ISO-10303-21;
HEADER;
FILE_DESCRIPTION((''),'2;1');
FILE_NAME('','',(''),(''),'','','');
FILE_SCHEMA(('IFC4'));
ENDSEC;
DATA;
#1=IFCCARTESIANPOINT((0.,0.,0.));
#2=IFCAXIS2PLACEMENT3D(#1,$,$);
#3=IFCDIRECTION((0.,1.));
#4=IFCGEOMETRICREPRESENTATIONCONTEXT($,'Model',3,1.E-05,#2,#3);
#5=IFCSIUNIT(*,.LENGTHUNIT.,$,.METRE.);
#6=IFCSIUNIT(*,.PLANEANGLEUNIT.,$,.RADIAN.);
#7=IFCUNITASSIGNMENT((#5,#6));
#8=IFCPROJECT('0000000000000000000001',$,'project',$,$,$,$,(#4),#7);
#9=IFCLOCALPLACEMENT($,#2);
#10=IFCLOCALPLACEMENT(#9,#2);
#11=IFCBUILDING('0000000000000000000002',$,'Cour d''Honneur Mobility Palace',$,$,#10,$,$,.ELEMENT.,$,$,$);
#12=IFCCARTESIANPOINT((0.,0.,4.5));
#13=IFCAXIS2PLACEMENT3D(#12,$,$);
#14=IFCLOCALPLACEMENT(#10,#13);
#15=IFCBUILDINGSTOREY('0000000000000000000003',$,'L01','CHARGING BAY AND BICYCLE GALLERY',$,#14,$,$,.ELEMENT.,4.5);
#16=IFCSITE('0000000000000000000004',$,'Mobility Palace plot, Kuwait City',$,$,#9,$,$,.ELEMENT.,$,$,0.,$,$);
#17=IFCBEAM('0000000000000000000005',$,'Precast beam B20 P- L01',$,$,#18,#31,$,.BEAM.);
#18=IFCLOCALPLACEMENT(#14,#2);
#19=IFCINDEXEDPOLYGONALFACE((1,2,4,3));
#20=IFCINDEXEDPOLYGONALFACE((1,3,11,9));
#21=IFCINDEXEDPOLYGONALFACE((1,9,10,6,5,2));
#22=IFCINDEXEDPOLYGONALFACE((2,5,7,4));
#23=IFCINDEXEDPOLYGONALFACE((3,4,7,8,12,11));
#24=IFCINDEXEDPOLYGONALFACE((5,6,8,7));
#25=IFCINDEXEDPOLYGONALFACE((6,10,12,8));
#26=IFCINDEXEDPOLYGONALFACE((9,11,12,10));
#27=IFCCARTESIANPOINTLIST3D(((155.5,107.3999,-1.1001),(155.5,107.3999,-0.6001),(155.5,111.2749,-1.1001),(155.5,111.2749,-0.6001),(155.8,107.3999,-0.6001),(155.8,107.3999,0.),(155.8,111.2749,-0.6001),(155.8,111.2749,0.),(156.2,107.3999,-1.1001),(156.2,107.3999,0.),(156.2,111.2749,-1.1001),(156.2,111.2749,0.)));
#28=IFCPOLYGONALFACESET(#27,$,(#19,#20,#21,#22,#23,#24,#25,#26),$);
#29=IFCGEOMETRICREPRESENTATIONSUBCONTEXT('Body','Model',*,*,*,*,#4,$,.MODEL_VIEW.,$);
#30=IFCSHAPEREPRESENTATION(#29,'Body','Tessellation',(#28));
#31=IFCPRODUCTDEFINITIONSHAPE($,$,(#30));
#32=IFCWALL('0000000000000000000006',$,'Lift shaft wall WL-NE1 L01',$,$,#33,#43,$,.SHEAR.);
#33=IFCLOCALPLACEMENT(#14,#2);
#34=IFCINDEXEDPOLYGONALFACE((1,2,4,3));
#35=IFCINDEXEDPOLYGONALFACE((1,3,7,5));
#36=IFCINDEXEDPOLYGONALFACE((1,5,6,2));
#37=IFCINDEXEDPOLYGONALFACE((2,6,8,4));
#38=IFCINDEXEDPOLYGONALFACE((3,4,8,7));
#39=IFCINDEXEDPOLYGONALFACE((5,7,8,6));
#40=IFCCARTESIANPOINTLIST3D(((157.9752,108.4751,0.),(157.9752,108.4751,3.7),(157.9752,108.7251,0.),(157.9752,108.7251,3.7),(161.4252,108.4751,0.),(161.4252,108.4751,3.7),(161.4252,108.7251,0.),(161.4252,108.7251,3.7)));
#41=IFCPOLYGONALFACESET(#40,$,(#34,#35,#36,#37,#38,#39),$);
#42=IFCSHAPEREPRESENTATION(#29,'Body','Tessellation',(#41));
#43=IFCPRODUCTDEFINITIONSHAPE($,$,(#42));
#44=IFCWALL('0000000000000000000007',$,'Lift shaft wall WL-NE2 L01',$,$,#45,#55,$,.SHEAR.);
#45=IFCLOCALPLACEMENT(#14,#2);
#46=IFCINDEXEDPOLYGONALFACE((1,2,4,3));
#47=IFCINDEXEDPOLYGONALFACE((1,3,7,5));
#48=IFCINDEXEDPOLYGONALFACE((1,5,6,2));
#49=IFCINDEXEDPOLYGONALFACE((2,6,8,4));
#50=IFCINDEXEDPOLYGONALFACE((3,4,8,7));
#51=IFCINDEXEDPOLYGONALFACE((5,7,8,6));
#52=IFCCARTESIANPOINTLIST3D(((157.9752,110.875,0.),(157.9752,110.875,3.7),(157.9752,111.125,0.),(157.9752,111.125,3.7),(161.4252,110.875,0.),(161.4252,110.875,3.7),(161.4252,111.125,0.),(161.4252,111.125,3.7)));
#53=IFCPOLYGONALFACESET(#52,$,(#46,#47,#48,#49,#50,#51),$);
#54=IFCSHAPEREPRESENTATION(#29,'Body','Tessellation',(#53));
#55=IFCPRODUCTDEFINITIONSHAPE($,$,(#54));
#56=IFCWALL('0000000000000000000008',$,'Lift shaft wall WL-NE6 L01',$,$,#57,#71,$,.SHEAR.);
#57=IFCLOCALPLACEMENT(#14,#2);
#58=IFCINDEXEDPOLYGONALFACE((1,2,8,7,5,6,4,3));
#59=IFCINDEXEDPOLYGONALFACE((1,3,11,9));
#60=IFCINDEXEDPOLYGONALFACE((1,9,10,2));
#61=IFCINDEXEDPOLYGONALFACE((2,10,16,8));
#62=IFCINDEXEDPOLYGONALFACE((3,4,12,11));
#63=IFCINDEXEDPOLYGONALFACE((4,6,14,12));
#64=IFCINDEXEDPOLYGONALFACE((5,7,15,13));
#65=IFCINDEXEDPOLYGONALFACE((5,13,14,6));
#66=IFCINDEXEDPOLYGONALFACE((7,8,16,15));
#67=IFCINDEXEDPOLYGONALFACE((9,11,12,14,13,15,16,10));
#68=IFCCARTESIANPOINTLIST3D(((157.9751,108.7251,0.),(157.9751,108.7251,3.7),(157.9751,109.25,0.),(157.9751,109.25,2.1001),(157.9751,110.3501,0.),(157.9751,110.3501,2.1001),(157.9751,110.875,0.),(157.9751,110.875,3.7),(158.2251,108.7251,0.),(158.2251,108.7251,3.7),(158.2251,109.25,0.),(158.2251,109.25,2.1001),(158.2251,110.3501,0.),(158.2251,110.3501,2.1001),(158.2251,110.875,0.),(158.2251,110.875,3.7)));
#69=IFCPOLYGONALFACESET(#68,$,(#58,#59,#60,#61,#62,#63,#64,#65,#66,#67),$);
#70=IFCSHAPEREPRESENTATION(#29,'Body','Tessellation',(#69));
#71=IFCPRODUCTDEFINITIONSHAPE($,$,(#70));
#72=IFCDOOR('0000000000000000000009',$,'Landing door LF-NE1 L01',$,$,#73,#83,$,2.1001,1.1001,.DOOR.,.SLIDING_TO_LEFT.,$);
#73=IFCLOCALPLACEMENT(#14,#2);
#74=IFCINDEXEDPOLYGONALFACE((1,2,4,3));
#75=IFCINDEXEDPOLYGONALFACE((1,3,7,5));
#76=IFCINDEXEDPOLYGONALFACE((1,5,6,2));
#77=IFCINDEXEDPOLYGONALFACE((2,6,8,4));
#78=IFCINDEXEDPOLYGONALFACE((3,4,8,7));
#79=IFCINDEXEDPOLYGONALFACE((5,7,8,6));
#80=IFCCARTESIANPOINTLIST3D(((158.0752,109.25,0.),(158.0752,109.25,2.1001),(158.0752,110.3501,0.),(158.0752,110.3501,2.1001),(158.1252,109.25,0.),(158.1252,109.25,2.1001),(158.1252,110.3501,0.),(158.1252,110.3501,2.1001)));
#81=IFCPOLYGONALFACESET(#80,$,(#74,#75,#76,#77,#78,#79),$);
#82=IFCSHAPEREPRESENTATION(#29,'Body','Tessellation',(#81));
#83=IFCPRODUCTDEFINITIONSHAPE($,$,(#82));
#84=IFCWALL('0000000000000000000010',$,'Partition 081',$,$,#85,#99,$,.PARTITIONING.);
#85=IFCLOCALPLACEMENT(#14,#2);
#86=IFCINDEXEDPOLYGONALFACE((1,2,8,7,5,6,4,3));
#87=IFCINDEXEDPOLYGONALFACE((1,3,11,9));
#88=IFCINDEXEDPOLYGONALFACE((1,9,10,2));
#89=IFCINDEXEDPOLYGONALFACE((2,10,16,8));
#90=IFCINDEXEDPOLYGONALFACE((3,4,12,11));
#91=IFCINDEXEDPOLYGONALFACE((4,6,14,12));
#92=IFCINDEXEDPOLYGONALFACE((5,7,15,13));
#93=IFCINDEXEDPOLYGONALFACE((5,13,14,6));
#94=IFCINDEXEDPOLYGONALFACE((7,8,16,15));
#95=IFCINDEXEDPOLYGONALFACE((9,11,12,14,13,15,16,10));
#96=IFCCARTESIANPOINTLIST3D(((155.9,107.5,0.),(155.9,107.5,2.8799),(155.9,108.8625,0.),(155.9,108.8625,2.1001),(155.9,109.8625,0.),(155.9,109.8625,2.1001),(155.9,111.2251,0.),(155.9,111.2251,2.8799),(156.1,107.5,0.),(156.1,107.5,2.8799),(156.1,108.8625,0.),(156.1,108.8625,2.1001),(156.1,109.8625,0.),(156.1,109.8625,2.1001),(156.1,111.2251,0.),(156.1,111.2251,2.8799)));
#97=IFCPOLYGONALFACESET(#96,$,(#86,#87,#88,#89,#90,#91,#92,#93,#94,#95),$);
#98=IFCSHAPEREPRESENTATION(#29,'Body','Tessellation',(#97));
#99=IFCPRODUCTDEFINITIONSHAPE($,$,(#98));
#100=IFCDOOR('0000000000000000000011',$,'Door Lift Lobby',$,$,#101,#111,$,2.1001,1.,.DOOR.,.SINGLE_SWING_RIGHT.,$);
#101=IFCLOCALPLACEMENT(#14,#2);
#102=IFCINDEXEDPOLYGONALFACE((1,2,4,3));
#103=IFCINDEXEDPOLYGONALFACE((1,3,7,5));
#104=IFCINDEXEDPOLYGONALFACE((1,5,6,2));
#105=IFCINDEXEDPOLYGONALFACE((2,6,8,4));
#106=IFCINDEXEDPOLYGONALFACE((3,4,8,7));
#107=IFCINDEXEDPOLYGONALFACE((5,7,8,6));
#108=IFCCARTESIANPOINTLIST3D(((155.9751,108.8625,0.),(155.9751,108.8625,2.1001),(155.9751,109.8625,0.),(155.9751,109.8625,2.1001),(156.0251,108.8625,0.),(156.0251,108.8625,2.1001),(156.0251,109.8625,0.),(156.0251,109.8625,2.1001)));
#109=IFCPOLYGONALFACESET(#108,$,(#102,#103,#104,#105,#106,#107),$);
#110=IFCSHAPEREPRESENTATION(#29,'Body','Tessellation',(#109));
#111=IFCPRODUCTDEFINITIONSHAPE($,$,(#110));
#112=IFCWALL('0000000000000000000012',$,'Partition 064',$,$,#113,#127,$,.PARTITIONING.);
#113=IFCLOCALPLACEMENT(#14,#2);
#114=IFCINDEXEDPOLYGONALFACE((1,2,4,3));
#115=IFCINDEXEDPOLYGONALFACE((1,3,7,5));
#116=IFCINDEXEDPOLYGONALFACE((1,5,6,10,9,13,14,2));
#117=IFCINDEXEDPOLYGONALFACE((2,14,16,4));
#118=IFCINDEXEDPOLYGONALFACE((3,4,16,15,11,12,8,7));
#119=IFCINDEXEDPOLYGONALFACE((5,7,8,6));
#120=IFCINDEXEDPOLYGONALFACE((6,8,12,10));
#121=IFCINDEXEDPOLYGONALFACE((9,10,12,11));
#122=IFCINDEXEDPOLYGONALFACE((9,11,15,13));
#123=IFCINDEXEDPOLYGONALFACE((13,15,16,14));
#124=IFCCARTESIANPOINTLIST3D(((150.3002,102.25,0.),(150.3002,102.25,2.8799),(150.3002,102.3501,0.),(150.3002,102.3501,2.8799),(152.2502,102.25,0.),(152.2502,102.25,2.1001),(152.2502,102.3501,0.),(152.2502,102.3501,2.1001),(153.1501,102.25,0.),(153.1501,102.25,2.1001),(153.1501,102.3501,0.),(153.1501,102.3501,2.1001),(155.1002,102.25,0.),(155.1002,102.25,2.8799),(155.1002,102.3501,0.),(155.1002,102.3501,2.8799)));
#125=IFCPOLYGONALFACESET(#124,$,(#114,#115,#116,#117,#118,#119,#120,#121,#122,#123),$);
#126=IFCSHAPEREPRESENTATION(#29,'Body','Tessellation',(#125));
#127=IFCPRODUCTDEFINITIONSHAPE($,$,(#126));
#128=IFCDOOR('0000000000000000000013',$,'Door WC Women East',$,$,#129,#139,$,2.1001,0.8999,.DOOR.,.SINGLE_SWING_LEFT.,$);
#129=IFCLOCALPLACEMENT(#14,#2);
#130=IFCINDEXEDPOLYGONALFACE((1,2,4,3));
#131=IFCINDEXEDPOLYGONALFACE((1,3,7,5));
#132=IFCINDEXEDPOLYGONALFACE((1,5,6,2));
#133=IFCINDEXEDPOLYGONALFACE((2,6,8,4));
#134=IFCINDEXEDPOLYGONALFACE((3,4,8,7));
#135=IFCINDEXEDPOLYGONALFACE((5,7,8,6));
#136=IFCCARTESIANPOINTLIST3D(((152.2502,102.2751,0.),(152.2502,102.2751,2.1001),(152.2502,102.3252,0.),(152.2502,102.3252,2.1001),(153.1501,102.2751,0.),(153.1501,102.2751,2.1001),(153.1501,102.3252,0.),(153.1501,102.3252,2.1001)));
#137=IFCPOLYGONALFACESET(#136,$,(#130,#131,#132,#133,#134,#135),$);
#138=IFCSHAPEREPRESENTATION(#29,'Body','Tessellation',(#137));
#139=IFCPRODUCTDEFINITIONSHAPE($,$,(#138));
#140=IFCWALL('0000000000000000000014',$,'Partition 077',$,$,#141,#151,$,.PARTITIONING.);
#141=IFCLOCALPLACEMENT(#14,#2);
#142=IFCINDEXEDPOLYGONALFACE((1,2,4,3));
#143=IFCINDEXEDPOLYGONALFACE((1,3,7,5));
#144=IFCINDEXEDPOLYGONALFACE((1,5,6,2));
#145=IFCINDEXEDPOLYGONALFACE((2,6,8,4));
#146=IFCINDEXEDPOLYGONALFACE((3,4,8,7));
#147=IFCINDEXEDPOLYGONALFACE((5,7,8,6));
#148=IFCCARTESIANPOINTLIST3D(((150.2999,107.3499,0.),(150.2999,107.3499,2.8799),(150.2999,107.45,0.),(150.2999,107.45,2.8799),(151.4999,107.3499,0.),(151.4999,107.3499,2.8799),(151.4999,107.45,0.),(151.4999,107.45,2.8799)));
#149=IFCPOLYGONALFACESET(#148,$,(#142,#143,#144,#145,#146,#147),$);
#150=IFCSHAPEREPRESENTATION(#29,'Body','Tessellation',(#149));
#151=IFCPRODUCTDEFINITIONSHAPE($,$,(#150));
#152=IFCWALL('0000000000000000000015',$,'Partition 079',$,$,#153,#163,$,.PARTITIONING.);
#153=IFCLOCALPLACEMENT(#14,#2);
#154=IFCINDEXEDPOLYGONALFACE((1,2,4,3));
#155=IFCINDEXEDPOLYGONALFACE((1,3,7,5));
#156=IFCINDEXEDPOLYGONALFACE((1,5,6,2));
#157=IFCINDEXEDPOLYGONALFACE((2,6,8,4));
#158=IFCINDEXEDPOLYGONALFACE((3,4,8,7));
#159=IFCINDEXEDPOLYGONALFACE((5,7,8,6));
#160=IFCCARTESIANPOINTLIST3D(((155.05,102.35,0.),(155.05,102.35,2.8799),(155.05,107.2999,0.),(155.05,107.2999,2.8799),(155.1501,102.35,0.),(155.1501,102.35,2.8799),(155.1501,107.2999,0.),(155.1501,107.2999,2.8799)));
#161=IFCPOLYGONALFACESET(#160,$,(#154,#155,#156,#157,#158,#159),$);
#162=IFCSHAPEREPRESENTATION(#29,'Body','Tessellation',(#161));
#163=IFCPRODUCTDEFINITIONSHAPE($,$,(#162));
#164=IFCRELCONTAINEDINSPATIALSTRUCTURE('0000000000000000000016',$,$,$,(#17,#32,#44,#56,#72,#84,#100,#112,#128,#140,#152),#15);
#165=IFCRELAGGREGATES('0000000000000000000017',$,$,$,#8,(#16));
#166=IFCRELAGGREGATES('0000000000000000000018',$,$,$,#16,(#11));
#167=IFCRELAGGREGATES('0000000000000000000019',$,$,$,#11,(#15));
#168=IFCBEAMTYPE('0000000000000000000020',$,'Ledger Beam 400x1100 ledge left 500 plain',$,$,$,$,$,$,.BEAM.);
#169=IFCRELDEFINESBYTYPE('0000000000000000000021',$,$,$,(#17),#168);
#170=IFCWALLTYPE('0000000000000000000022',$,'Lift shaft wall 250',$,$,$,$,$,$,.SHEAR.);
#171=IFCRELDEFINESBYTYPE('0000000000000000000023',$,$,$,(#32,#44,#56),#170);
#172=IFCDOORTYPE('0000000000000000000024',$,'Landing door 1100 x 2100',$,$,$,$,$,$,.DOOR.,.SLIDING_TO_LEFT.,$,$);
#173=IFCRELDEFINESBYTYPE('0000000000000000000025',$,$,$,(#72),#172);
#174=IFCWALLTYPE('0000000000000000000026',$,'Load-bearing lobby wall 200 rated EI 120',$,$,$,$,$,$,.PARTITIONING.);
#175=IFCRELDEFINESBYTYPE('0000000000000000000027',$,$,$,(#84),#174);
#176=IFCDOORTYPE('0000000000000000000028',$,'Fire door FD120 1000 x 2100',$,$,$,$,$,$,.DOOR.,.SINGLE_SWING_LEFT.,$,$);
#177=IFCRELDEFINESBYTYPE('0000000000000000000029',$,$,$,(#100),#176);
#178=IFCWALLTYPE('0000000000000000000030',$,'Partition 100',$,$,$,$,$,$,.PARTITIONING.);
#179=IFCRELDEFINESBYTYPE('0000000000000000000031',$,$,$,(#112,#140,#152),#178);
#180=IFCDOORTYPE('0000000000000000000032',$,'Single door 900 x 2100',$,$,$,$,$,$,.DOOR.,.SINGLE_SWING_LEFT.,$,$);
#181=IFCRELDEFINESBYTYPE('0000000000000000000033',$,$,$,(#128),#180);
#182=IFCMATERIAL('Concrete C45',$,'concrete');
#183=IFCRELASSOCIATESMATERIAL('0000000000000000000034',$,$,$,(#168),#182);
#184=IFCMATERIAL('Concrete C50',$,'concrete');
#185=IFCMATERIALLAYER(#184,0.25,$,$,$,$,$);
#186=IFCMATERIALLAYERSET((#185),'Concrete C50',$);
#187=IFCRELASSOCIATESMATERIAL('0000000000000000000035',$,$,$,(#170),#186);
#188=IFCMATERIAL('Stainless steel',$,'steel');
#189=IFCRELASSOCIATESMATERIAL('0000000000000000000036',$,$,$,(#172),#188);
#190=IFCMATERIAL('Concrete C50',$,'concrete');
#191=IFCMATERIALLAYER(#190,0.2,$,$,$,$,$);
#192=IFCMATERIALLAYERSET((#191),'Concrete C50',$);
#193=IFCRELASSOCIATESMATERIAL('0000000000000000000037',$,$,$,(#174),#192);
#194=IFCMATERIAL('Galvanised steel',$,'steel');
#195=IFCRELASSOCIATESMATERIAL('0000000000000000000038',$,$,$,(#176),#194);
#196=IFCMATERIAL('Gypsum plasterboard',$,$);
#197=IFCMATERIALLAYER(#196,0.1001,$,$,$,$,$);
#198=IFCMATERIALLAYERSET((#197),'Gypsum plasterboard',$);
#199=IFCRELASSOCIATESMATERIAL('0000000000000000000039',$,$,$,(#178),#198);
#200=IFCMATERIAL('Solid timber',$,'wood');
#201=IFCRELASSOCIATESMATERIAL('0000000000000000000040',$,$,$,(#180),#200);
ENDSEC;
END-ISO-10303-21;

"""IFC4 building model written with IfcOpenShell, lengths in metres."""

from ifc_helpers import new_model, si_unit, direction, frame, frame_2d, origin, place, context, subcontext, project, spatial, polyline, rectangle, outline, extrude, material, layer, layer_set, material_profile, profile_set, type_object, element, fill, save


model = new_model("IFC4")

# Units and contexts
model_context = context("Model", 3, precision=1e-05, world=origin(), true_north=direction((0.0, 1.0)))
body_context = subcontext(model_context, "Body", "Model", "MODEL_VIEW")
ifc_project = project(units=[si_unit("LENGTHUNIT", "METRE"), si_unit("PLANEANGLEUNIT", "RADIAN")], contexts=[model_context])

# Site, building, storey
site_placement = place(None, origin())
site = spatial("IfcSite", under=ifc_project, at=site_placement, Name="Mobility Palace plot, Kuwait City", CompositionType="ELEMENT", RefElevation=0.0)
building_placement = place(site_placement, origin())
building = spatial("IfcBuilding", under=site, at=building_placement, Name="Cour d'Honneur Mobility Palace", CompositionType="ELEMENT")
storey_placement = place(building_placement, frame((0.0, 0.0, 4.5)))
storey = spatial("IfcBuildingStorey", under=building, at=storey_placement, Name="L01", Description="CHARGING BAY AND BICYCLE GALLERY", CompositionType="ELEMENT", Elevation=4.5)

# Beam
ifc_material_1 = material(Name="Concrete C45", Category="concrete")
ifc_material_profile = material_profile(ifc_material_1, outline(polyline([(0.5, -1.1001), (0.5, -0.6001), (0.2, -0.6001), (0.2, 0.0), (-0.2, 0.0), (-0.2, -1.1001), (0.5, -1.1001)])), Name="Ledger Beam 400x1100 ledge left 500 plain")
ifc_profile_set = profile_set([ifc_material_profile], Name="Concrete C45")
beam_type = type_object("IfcBeamType", Name="Ledger Beam 400x1100 ledge left 500 plain", PredefinedType="BEAM", material=ifc_profile_set)
beam_placement = place(storey_placement, frame((156.0, 107.3999, 0.0), z_axis=(0.0, 1.0, 0.0), x_axis=(-1.0, 0.0, 0.0)))
element("IfcBeam", 1, at=beam_placement, inside=storey, type_object=beam_type, Name="Precast beam B20 P- L01", PredefinedType="BEAM", context=body_context, shape_type="SweptSolid", body=[
    extrude(outline(polyline([(0.5, -1.1001), (0.5, -0.6001), (0.2, -0.6001), (0.2, 0.0), (-0.2, 0.0), (-0.2, -1.1001), (0.5, -1.1001)])), origin(), (0.0, 0.0, 1.0), 3.875),
])

# Walls
ifc_material_2 = material(Name="Concrete C50", Category="concrete")
ifc_layer_1 = layer(ifc_material_2, 0.25)
ifc_layer_set_1 = layer_set([ifc_layer_1], Name="Concrete C50")
wall_type_1 = type_object("IfcWallType", Name="Lift shaft wall 250", PredefinedType="SHEAR", material=ifc_layer_set_1)
for number, where, z_axis, x_axis, name in (
    (2, (157.9751, 108.6001, 0.0), (0.0, 0.0, 1.0), (1.0, 0.0, 0.0), "Lift shaft wall WL-NE1 L01"),
    (3, (157.9751, 111.0, 0.0), (0.0, 0.0, 1.0), (1.0, 0.0, 0.0), "Lift shaft wall WL-NE2 L01"),
):
    element("IfcWall", number, at=place(storey_placement, frame(where, z_axis=z_axis, x_axis=x_axis)), inside=storey, type_object=wall_type_1, Name=name, PredefinedType="SHEAR", context=body_context, shape_type="SweptSolid", body=[
        extrude(rectangle(XDim=3.45, YDim=0.25, at=frame_2d((1.7251, 0.0))), origin(), (0.0, 0.0, 1.0), 3.7),
    ])

# Walls, openings, doors
wall_1_placement = place(storey_placement, frame((158.1001, 108.7251, 0.0), z_axis=(0.0, 0.0, 1.0), x_axis=(0.0, 1.0, 0.0)))
wall_1 = element("IfcWall", 4, at=wall_1_placement, inside=storey, type_object=wall_type_1, Name="Lift shaft wall WL-NE6 L01", PredefinedType="SHEAR", context=body_context, shape_type="SweptSolid", body=[
    extrude(rectangle(XDim=2.1499, YDim=0.25, at=frame_2d((1.075, 0.0))), origin(), (0.0, 0.0, 1.0), 3.7),
])
opening_1_placement = place(wall_1_placement, frame((0.5249, 0.0, 0.0)))
opening_1 = element("IfcOpeningElement", 5, at=opening_1_placement, cuts=wall_1, PredefinedType="OPENING", context=body_context, shape_type="SweptSolid", body=[
    extrude(rectangle(XDim=1.1001, YDim=2.1001, at=frame_2d((0.55, 1.05))), frame((0.0, 0.135, 0.0), z_axis=(0.0, -1.0, 0.0), x_axis=(1.0, 0.0, 0.0)), (0.0, 0.0, 1.0), 0.27),
])
ifc_material_3 = material(Name="Stainless steel", Category="steel")
door_type_1 = type_object("IfcDoorType", Name="Landing door 1100 x 2100", OperationType="SLIDING_TO_LEFT", PredefinedType="DOOR", material=ifc_material_3)
door_1_placement = place(opening_1_placement, origin())
door_1 = element("IfcDoor", 6, at=door_1_placement, inside=storey, type_object=door_type_1, Name="Landing door LF-NE1 L01", OperationType="SLIDING_TO_LEFT", OverallHeight=2.1001, OverallWidth=1.1001, PredefinedType="DOOR", context=body_context, shape_type="SweptSolid", body=[
    extrude(rectangle(XDim=1.1001, YDim=2.1001, at=frame_2d((0.55, 1.05))), frame((0.0, 0.0249, 0.0), z_axis=(0.0, -1.0, 0.0), x_axis=(1.0, 0.0, 0.0)), (0.0, 0.0, 1.0), 0.05),
])
fill(opening_1, door_1)
ifc_material_4 = material(Name="Concrete C50", Category="concrete")
ifc_layer_2 = layer(ifc_material_4, 0.2)
ifc_layer_set_2 = layer_set([ifc_layer_2], Name="Concrete C50")
wall_type_2 = type_object("IfcWallType", Name="Load-bearing lobby wall 200 rated EI 120", PredefinedType="PARTITIONING", material=ifc_layer_set_2)
wall_2_placement = place(storey_placement, frame((156.0, 107.5, 0.0), z_axis=(0.0, 0.0, 1.0), x_axis=(0.0, 1.0, 0.0)))
wall_2 = element("IfcWall", 7, at=wall_2_placement, inside=storey, type_object=wall_type_2, Name="Partition 081", PredefinedType="PARTITIONING", context=body_context, shape_type="SweptSolid", body=[
    extrude(rectangle(XDim=3.7251, YDim=0.2, at=frame_2d((1.8625, 0.0))), origin(), (0.0, 0.0, 1.0), 2.8799),
])
opening_2_placement = place(wall_2_placement, frame((1.3625, 0.0, 0.0)))
opening_2 = element("IfcOpeningElement", 8, at=opening_2_placement, cuts=wall_2, PredefinedType="OPENING", context=body_context, shape_type="SweptSolid", body=[
    extrude(rectangle(XDim=1.0, YDim=2.1001, at=frame_2d((0.5, 1.05))), frame((0.0, 0.1099, 0.0), z_axis=(0.0, -1.0, 0.0), x_axis=(1.0, 0.0, 0.0)), (0.0, 0.0, 1.0), 0.22),
])
ifc_material_5 = material(Name="Galvanised steel", Category="steel")
door_type_2 = type_object("IfcDoorType", Name="Fire door FD120 1000 x 2100", OperationType="SINGLE_SWING_LEFT", PredefinedType="DOOR", material=ifc_material_5)
door_2_placement = place(opening_2_placement, origin())
door_2 = element("IfcDoor", 9, at=door_2_placement, inside=storey, type_object=door_type_2, Name="Door Lift Lobby", OperationType="SINGLE_SWING_RIGHT", OverallHeight=2.1001, OverallWidth=1.0, PredefinedType="DOOR", context=body_context, shape_type="SweptSolid", body=[
    extrude(rectangle(XDim=1.0, YDim=2.1001, at=frame_2d((0.5, 1.05))), frame((0.0, 0.0249, 0.0), z_axis=(0.0, -1.0, 0.0), x_axis=(1.0, 0.0, 0.0)), (0.0, 0.0, 1.0), 0.05),
])
fill(opening_2, door_2)
ifc_material_6 = material(Name="Gypsum plasterboard")
ifc_layer_3 = layer(ifc_material_6, 0.1001)
ifc_layer_set_3 = layer_set([ifc_layer_3], Name="Gypsum plasterboard")
wall_type_3 = type_object("IfcWallType", Name="Partition 100", PredefinedType="PARTITIONING", material=ifc_layer_set_3)
wall_3_placement = place(storey_placement, frame((155.1001, 102.3, 0.0), z_axis=(0.0, 0.0, 1.0), x_axis=(-1.0, 0.0, 0.0)))
wall_3 = element("IfcWall", 10, at=wall_3_placement, inside=storey, type_object=wall_type_3, Name="Partition 064", PredefinedType="PARTITIONING", context=body_context, shape_type="SweptSolid", body=[
    extrude(rectangle(XDim=4.8, YDim=0.1001, at=frame_2d((2.3999, 0.0))), origin(), (0.0, 0.0, 1.0), 2.8799),
])
opening_3_placement = place(wall_3_placement, frame((1.95, 0.0, 0.0)))
opening_3 = element("IfcOpeningElement", 11, at=opening_3_placement, cuts=wall_3, PredefinedType="OPENING", context=body_context, shape_type="SweptSolid", body=[
    extrude(rectangle(XDim=0.8999, YDim=2.1001, at=frame_2d((0.45, 1.05))), frame((0.0, 0.0601, 0.0), z_axis=(0.0, -1.0, 0.0), x_axis=(1.0, 0.0, 0.0)), (0.0, 0.0, 1.0), 0.1201),
])
ifc_material_7 = material(Name="Solid timber", Category="wood")
door_type_3 = type_object("IfcDoorType", Name="Single door 900 x 2100", OperationType="SINGLE_SWING_LEFT", PredefinedType="DOOR", material=ifc_material_7)
door_3_placement = place(opening_3_placement, origin())
door_3 = element("IfcDoor", 12, at=door_3_placement, inside=storey, type_object=door_type_3, Name="Door WC Women East", OperationType="SINGLE_SWING_LEFT", OverallHeight=2.1001, OverallWidth=0.8999, PredefinedType="DOOR", context=body_context, shape_type="SweptSolid", body=[
    extrude(rectangle(XDim=0.8999, YDim=2.1001, at=frame_2d((0.45, 1.05))), frame((0.0, 0.0249, 0.0), z_axis=(0.0, -1.0, 0.0), x_axis=(1.0, 0.0, 0.0)), (0.0, 0.0, 1.0), 0.05),
])
fill(opening_3, door_3)

# Walls
wall_4_placement = place(storey_placement, frame((151.5, 107.3999, 0.0), z_axis=(0.0, 0.0, 1.0), x_axis=(-1.0, 0.0, 0.0)))
element("IfcWall", 13, at=wall_4_placement, inside=storey, type_object=wall_type_3, Name="Partition 077", PredefinedType="PARTITIONING", context=body_context, shape_type="SweptSolid", body=[
    extrude(rectangle(XDim=1.2, YDim=0.1001, at=frame_2d((0.6001, 0.0))), origin(), (0.0, 0.0, 1.0), 2.8799),
])
wall_5_placement = place(storey_placement, frame((155.1001, 107.3, 0.0), z_axis=(0.0, 0.0, 1.0), x_axis=(0.0, -1.0, 0.0)))
element("IfcWall", 14, at=wall_5_placement, inside=storey, type_object=wall_type_3, Name="Partition 079", PredefinedType="PARTITIONING", context=body_context, shape_type="SweptSolid", body=[
    extrude(rectangle(XDim=4.95, YDim=0.1001, at=frame_2d((2.4751, 0.0))), origin(), (0.0, 0.0, 1.0), 2.8799),
])

save(model, "model.ifc")
